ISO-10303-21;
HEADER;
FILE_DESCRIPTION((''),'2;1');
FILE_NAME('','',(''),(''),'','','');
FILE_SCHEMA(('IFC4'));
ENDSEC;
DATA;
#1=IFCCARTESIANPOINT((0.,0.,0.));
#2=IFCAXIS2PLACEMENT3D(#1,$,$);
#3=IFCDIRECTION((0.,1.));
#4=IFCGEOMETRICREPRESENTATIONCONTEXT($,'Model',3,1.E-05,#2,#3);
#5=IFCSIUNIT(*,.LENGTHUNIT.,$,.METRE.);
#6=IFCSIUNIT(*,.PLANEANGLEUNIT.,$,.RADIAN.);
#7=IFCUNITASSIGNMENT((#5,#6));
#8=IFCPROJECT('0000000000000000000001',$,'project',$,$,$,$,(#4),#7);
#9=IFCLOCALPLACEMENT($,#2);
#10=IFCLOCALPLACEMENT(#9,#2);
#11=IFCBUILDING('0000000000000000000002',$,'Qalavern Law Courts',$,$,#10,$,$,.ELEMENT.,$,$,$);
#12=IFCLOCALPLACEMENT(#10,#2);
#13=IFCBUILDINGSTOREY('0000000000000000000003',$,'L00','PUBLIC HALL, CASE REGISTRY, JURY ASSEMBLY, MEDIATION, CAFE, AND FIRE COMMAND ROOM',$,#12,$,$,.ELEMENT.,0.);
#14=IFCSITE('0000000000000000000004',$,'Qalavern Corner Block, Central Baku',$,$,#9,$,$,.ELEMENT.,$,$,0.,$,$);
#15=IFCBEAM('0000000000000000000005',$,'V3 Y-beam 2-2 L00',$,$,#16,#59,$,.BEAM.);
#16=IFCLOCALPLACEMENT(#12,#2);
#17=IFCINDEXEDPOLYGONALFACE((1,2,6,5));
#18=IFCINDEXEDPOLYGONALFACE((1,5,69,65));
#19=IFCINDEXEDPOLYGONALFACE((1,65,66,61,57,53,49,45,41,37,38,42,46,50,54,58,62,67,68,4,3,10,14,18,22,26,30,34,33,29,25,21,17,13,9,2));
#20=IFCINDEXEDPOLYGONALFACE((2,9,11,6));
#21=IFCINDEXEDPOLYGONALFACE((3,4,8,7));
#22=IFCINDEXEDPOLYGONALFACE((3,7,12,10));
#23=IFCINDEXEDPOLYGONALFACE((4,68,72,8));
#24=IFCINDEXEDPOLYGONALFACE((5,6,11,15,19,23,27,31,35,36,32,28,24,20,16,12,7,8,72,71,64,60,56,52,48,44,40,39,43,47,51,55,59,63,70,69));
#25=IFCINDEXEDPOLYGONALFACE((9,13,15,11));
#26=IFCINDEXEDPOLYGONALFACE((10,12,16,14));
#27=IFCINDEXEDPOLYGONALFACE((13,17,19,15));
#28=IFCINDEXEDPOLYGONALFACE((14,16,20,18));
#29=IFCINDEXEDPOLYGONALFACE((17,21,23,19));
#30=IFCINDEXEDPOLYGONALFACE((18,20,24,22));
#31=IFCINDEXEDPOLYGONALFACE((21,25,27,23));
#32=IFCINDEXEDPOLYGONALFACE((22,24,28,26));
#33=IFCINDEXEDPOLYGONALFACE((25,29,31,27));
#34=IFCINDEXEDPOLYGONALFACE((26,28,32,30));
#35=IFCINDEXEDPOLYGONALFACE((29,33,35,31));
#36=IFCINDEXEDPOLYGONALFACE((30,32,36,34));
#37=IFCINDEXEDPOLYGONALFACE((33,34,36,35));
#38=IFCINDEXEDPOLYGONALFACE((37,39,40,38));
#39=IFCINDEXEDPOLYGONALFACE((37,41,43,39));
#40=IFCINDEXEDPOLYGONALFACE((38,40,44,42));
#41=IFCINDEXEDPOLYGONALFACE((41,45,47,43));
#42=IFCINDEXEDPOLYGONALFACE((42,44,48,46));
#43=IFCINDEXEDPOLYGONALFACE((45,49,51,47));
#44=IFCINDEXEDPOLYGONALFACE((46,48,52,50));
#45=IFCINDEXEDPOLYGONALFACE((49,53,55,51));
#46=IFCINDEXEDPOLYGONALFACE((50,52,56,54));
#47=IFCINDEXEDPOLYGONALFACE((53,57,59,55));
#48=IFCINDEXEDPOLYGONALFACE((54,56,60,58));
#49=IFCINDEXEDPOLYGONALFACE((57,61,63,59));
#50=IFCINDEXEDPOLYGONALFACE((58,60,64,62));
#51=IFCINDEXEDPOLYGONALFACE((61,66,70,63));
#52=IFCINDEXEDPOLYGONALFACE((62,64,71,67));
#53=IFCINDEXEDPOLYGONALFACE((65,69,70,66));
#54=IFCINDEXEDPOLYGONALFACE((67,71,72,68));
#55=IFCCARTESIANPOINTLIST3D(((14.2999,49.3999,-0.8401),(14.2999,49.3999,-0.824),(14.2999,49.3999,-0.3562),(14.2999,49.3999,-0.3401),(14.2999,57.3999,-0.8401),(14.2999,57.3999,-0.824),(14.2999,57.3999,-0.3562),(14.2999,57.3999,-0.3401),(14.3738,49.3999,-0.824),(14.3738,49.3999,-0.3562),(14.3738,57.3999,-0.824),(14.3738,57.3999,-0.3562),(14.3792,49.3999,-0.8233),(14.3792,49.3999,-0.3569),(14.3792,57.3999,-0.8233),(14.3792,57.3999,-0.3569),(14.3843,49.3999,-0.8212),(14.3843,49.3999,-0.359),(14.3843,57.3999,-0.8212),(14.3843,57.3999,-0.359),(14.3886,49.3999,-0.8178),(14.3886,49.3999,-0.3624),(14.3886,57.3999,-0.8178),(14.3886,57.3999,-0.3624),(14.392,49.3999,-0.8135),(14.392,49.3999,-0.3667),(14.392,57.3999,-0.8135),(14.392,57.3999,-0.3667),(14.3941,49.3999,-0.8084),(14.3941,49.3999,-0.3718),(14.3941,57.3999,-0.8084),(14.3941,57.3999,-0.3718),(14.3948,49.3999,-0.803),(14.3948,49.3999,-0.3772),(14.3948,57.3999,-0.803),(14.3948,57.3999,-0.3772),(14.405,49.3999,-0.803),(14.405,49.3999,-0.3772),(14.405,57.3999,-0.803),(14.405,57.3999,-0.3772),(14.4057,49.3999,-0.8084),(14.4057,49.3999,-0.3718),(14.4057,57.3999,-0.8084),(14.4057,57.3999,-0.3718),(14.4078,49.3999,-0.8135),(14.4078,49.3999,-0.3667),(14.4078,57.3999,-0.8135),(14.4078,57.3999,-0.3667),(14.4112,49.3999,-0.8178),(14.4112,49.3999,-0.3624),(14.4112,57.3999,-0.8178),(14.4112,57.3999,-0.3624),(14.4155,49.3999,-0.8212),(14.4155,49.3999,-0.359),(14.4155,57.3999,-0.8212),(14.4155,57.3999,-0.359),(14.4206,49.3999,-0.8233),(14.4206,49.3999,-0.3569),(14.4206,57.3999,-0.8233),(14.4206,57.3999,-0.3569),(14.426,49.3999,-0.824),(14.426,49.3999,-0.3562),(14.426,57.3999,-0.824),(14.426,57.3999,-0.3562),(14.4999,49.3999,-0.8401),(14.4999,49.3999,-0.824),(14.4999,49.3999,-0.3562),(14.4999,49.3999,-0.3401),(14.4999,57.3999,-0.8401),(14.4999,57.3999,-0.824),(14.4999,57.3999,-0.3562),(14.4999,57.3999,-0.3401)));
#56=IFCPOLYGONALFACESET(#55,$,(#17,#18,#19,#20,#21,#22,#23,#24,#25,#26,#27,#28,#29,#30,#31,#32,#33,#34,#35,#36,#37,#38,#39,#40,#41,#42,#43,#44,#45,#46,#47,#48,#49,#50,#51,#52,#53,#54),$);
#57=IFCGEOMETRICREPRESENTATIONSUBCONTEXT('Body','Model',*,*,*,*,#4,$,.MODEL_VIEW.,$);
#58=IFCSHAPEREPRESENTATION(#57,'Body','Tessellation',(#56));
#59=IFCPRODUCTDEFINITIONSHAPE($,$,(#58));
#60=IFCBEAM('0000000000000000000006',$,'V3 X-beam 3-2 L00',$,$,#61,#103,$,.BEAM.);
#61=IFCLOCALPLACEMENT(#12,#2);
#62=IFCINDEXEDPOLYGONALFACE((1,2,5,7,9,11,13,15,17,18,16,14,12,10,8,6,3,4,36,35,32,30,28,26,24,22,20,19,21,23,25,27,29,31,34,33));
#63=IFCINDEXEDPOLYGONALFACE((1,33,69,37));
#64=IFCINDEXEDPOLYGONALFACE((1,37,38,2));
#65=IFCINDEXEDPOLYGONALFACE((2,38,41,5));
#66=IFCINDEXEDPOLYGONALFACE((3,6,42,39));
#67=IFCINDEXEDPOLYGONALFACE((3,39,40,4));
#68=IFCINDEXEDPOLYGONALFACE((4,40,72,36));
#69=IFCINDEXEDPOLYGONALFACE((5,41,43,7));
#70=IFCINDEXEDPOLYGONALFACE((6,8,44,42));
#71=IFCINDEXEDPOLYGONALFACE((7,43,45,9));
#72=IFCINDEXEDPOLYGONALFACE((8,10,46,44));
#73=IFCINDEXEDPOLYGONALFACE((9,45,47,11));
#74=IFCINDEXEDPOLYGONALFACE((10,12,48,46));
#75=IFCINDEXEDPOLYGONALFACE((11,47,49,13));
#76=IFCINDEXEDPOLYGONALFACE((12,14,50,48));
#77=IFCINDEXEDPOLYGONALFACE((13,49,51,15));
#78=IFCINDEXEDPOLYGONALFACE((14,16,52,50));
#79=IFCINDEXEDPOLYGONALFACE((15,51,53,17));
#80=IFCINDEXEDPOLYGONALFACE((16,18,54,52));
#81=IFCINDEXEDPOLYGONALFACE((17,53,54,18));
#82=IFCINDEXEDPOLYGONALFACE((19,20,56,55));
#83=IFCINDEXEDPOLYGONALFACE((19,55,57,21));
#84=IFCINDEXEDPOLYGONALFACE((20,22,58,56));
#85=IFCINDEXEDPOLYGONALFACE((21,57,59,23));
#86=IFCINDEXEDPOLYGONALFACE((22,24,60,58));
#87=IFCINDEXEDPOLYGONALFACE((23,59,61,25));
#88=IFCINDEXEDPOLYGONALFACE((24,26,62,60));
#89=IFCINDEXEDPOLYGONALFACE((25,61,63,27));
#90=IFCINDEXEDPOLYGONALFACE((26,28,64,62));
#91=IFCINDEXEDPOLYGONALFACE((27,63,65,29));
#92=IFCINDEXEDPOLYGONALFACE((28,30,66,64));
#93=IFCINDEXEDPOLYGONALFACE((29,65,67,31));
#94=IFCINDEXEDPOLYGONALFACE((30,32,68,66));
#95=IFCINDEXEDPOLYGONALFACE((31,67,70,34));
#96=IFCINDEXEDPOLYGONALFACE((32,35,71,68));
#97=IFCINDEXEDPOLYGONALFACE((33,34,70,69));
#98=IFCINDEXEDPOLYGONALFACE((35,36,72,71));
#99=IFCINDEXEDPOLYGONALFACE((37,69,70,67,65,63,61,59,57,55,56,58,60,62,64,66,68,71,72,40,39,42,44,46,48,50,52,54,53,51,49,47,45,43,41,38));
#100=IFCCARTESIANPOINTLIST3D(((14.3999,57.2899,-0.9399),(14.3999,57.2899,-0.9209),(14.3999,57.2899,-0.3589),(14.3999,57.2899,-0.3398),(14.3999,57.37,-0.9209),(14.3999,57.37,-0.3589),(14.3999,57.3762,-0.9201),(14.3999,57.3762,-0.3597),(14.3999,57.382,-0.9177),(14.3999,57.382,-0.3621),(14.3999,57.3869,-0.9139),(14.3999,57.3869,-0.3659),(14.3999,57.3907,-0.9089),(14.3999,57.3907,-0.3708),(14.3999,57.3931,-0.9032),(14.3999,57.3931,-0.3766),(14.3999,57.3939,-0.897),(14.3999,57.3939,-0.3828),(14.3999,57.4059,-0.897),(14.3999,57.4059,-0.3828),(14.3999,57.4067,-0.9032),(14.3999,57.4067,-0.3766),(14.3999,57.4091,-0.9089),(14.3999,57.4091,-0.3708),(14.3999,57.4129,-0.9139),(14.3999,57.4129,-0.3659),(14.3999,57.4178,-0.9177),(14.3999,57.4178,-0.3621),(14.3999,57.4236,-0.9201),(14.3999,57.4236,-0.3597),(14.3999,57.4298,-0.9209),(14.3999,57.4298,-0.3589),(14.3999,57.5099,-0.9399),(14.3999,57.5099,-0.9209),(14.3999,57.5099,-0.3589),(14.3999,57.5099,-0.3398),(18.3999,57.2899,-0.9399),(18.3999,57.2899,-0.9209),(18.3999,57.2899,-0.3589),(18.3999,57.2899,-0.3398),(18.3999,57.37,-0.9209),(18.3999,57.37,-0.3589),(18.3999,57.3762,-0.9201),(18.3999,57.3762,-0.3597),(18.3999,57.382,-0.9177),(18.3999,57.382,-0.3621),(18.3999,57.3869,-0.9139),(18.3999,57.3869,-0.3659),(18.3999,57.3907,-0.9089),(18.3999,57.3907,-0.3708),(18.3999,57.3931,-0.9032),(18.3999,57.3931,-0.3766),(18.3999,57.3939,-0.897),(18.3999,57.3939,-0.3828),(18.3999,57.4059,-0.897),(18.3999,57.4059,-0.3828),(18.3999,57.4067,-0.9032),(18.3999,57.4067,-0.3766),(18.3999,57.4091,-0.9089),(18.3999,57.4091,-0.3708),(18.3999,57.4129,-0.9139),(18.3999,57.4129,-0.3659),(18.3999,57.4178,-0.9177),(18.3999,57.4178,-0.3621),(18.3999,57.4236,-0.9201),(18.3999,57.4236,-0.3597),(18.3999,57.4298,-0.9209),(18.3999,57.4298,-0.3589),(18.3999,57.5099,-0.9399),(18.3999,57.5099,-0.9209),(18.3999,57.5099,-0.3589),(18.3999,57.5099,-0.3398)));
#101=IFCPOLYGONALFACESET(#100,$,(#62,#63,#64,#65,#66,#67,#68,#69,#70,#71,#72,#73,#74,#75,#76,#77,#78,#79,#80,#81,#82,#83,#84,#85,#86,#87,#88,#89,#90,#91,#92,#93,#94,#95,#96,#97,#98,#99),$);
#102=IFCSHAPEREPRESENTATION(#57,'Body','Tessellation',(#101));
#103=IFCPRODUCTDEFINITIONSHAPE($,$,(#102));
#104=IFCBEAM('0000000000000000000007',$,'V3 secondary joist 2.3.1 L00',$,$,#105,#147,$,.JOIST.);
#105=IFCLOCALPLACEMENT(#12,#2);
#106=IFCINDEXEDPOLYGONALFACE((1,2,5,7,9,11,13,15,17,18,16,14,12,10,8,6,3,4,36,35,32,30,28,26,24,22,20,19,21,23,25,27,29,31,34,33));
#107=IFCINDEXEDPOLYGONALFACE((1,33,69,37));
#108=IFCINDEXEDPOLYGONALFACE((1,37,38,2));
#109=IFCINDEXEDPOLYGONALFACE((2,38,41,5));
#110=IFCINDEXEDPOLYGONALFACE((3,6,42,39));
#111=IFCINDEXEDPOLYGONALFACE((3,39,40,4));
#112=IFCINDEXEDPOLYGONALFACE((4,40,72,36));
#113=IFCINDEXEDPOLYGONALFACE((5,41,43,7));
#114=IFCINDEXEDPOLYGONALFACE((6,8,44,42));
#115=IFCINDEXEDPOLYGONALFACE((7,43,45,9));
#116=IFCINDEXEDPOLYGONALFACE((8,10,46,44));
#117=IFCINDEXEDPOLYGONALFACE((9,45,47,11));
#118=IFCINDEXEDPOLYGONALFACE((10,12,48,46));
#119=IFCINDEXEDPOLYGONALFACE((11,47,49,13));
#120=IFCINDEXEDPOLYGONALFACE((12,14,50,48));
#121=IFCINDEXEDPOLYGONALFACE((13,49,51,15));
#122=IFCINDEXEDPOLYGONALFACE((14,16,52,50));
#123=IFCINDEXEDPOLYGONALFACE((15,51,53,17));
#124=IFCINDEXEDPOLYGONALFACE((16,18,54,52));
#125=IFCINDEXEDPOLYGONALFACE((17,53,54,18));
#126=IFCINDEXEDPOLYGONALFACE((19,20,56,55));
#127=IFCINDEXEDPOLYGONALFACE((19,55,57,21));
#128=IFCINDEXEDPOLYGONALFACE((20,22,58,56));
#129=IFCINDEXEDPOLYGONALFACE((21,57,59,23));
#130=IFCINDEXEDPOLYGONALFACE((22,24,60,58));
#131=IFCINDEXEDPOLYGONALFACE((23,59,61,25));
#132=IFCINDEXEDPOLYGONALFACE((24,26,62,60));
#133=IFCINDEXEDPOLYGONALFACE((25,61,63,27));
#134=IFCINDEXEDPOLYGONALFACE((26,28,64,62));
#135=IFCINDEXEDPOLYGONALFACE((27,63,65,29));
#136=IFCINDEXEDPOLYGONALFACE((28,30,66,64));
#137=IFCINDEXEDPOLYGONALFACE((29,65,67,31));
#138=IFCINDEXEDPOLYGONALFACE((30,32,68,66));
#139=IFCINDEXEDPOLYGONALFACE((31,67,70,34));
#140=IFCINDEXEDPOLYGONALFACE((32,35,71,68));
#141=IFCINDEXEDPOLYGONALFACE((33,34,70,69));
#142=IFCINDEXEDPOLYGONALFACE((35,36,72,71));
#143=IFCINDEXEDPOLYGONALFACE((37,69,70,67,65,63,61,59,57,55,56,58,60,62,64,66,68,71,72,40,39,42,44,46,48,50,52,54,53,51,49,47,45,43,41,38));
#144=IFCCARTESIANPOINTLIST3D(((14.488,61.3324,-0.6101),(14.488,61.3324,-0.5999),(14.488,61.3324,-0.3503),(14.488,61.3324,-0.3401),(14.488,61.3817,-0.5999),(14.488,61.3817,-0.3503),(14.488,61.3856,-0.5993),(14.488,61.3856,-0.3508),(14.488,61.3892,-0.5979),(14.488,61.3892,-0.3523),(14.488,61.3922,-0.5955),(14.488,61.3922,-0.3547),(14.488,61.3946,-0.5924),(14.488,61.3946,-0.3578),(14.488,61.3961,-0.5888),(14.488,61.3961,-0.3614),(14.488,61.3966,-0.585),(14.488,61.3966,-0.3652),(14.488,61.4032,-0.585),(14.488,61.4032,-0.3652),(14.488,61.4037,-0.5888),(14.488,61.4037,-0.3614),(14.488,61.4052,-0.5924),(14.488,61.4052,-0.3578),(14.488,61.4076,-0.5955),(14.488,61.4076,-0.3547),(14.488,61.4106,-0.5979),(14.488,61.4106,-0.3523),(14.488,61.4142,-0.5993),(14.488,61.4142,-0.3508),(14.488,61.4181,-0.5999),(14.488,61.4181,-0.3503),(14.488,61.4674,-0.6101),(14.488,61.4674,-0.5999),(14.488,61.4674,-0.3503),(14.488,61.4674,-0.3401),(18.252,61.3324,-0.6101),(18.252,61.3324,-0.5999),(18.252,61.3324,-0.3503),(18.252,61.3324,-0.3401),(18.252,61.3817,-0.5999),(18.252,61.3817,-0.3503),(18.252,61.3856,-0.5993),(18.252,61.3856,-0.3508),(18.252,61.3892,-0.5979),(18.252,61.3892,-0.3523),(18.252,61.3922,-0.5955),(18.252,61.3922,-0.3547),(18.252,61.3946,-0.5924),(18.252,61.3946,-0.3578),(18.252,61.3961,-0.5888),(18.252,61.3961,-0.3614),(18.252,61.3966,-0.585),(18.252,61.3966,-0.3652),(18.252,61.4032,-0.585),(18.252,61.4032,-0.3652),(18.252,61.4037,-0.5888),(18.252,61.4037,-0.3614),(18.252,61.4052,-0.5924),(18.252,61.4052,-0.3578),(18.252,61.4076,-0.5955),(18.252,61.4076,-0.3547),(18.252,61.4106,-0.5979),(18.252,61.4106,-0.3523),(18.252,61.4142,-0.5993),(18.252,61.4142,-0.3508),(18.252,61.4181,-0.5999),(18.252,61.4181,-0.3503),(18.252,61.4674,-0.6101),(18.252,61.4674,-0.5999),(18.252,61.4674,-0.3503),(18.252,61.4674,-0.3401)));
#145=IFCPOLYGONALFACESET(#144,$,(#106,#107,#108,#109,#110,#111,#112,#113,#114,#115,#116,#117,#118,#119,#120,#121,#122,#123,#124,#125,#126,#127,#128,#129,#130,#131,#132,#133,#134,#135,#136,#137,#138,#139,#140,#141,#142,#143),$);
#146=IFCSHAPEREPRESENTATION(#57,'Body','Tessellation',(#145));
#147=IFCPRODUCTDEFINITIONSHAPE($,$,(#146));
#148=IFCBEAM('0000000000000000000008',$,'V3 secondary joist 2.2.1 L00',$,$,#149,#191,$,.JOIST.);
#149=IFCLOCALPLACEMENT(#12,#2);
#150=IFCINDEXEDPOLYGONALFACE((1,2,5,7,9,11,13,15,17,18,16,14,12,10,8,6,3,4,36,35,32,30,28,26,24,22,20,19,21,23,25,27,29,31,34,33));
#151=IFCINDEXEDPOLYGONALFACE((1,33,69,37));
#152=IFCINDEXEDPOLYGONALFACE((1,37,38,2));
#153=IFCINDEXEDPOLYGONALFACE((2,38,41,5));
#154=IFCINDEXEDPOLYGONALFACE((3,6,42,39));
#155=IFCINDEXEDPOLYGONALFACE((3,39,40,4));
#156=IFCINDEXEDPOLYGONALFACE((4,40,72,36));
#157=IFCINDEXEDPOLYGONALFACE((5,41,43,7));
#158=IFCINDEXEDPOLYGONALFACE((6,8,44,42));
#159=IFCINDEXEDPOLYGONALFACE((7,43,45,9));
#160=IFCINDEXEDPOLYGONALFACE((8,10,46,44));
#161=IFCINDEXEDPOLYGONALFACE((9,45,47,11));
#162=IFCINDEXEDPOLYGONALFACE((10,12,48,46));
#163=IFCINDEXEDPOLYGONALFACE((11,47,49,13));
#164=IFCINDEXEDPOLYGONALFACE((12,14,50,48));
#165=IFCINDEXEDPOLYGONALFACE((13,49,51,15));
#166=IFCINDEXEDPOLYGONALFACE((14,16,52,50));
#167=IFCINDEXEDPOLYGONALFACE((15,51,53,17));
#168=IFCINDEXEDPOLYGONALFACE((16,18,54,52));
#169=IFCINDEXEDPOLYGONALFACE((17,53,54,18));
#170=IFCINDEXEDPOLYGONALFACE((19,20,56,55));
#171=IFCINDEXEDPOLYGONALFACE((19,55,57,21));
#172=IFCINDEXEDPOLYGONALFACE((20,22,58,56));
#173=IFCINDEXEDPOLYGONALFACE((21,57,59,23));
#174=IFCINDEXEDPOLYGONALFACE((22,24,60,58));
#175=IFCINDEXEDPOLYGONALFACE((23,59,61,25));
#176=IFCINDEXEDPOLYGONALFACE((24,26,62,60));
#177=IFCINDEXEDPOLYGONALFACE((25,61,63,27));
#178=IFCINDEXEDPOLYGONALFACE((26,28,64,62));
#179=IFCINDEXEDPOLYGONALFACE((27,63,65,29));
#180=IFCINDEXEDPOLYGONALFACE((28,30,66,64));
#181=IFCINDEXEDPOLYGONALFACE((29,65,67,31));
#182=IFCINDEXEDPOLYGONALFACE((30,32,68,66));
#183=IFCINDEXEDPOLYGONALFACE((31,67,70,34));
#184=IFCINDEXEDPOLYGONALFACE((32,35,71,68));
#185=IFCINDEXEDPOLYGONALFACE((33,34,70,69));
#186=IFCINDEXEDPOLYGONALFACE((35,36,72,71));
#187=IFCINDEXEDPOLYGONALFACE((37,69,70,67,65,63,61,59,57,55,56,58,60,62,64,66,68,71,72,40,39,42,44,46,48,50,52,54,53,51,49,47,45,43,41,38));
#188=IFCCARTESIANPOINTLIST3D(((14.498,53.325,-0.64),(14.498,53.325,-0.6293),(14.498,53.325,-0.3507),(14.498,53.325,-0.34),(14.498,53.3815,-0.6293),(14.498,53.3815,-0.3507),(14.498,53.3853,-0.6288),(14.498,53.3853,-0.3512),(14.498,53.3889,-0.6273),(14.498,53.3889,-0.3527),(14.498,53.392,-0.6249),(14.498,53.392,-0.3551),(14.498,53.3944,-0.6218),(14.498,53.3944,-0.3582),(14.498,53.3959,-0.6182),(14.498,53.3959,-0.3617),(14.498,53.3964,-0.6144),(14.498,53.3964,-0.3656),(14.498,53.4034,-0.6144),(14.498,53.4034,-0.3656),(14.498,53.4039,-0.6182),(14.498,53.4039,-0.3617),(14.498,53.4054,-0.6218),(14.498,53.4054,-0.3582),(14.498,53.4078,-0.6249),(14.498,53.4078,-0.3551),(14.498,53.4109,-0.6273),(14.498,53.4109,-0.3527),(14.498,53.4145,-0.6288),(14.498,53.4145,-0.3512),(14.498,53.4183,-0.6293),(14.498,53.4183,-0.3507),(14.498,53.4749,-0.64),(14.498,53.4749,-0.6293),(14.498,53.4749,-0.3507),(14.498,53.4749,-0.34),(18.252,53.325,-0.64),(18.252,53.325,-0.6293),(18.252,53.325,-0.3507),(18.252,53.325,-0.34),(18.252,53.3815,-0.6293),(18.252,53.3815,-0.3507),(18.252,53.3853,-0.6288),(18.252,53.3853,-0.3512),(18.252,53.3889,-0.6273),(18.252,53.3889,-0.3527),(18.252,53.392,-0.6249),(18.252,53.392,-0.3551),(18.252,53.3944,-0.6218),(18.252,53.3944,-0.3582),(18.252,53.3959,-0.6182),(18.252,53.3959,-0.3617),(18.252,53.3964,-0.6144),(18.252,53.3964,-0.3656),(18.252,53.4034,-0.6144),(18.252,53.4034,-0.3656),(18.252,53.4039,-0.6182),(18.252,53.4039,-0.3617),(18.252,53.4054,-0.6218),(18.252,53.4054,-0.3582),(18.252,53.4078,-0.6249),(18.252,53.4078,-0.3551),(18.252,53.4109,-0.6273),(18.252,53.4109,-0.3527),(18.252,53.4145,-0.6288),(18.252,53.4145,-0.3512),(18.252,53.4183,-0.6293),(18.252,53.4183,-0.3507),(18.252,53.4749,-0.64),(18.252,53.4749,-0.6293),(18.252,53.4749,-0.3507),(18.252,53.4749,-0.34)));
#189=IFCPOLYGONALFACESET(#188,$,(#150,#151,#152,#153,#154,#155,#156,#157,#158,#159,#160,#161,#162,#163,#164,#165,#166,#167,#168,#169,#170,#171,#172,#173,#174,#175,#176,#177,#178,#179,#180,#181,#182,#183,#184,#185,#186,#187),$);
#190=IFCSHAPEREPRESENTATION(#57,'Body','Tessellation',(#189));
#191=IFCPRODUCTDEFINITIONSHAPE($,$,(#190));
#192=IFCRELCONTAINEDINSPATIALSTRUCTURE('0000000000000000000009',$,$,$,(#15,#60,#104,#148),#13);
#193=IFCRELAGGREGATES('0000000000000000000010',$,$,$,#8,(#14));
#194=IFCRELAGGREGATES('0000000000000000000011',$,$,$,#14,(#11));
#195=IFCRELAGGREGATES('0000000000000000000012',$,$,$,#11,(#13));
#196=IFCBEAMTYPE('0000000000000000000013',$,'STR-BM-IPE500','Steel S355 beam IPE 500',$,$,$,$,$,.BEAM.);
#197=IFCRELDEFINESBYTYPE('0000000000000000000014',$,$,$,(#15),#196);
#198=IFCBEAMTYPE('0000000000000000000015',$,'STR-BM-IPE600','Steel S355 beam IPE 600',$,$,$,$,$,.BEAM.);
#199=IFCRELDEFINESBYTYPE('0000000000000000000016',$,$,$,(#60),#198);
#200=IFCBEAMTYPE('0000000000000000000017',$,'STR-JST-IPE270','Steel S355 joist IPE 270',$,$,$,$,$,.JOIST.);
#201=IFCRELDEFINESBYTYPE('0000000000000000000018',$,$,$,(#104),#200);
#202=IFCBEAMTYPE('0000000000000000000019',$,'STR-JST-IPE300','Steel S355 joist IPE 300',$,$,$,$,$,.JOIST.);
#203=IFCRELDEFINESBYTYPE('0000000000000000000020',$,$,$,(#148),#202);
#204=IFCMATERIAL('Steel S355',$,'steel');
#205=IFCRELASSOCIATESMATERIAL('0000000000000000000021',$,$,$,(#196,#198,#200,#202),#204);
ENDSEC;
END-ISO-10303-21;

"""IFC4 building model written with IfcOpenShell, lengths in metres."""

from ifc_helpers import new_model, si_unit, direction, frame, origin, origin_2d, place, context, subcontext, project, spatial, i_section, extrude, material, material_profile, profile_set, type_object, element, save


model = new_model("IFC4")

# Units and contexts
model_context = context("Model", 3, precision=1e-05, world=origin(), true_north=direction((0.0, 1.0)))
body_context = subcontext(model_context, "Body", "Model", "MODEL_VIEW")
ifc_project = project(units=[si_unit("LENGTHUNIT", "METRE"), si_unit("PLANEANGLEUNIT", "RADIAN")], contexts=[model_context])

# Site, building, storey
site_placement = place(None, origin())
site = spatial("IfcSite", under=ifc_project, at=site_placement, Name="Qalavern Corner Block, Central Baku", CompositionType="ELEMENT", RefElevation=0.0)
building_placement = place(site_placement, origin())
building = spatial("IfcBuilding", under=site, at=building_placement, Name="Qalavern Law Courts", CompositionType="ELEMENT")
storey_placement = place(building_placement, origin())
storey = spatial("IfcBuildingStorey", under=building, at=storey_placement, Name="L00", Description="PUBLIC HALL, CASE REGISTRY, JURY ASSEMBLY, MEDIATION, CAFE, AND FIRE COMMAND ROOM", CompositionType="ELEMENT", Elevation=0.0)

# Beams
ifc_material_1 = material(Name="Steel S355", Category="steel")
ifc_material_profile_1 = material_profile(ifc_material_1, i_section(OverallWidth=0.2, OverallDepth=0.5, WebThickness=0.0103, FlangeThickness=0.0161, FilletRadius=0.021, at=origin_2d()), Name="IPE 500")
ifc_profile_set_1 = profile_set([ifc_material_profile_1], Name="Steel S355")
beam_type_1 = type_object("IfcBeamType", Name="STR-BM-IPE500", Description="Steel S355 beam IPE 500", PredefinedType="BEAM", material=ifc_profile_set_1)
beam_1_placement = place(storey_placement, frame((14.3999, 49.3999, -0.5901), z_axis=(0.0, 1.0, 0.0), x_axis=(-1.0, 0.0, 0.0)))
element("IfcBeam", 1, at=beam_1_placement, inside=storey, type_object=beam_type_1, Name="V3 Y-beam 2-2 L00", PredefinedType="BEAM", context=body_context, shape_type="SweptSolid", body=[
    extrude(i_section(OverallWidth=0.2, OverallDepth=0.5, WebThickness=0.0103, FlangeThickness=0.0161, FilletRadius=0.021, at=origin_2d()), origin(), (0.0, 0.0, 1.0), 8.0),
])
ifc_material_profile_2 = material_profile(ifc_material_1, i_section(OverallWidth=0.22, OverallDepth=0.6001, WebThickness=0.012, FlangeThickness=0.019, FilletRadius=0.0239, at=origin_2d()), Name="IPE 600")
ifc_profile_set_2 = profile_set([ifc_material_profile_2], Name="Steel S355")
beam_type_2 = type_object("IfcBeamType", Name="STR-BM-IPE600", Description="Steel S355 beam IPE 600", PredefinedType="BEAM", material=ifc_profile_set_2)
beam_2_placement = place(storey_placement, frame((14.3999, 57.3999, -0.6399), z_axis=(1.0, 0.0, 0.0), x_axis=(0.0, 1.0, 0.0)))
element("IfcBeam", 2, at=beam_2_placement, inside=storey, type_object=beam_type_2, Name="V3 X-beam 3-2 L00", PredefinedType="BEAM", context=body_context, shape_type="SweptSolid", body=[
    extrude(i_section(OverallWidth=0.22, OverallDepth=0.6001, WebThickness=0.012, FlangeThickness=0.019, FilletRadius=0.0239, at=origin_2d()), origin(), (0.0, 0.0, 1.0), 4.0),
])
ifc_material_profile_3 = material_profile(ifc_material_1, i_section(OverallWidth=0.135, OverallDepth=0.27, WebThickness=0.0066, FlangeThickness=0.0103, FilletRadius=0.0149, at=origin_2d()), Name="IPE 270")
ifc_profile_set_3 = profile_set([ifc_material_profile_3], Name="Steel S355")
beam_type_3 = type_object("IfcBeamType", Name="STR-JST-IPE270", Description="Steel S355 joist IPE 270", PredefinedType="JOIST", material=ifc_profile_set_3)
beam_3_placement = place(storey_placement, frame((14.488, 61.3999, -0.4751), z_axis=(1.0, 0.0, 0.0), x_axis=(0.0, 1.0, 0.0)))
element("IfcBeam", 3, at=beam_3_placement, inside=storey, type_object=beam_type_3, Name="V3 secondary joist 2.3.1 L00", PredefinedType="JOIST", context=body_context, shape_type="SweptSolid", body=[
    extrude(i_section(OverallWidth=0.135, OverallDepth=0.27, WebThickness=0.0066, FlangeThickness=0.0103, FilletRadius=0.0149, at=origin_2d()), origin(), (0.0, 0.0, 1.0), 3.7639),
])
ifc_material_profile_4 = material_profile(ifc_material_1, i_section(OverallWidth=0.1499, OverallDepth=0.3, WebThickness=0.0071, FlangeThickness=0.0107, FilletRadius=0.0149, at=origin_2d()), Name="IPE 300")
ifc_profile_set_4 = profile_set([ifc_material_profile_4], Name="Steel S355")
beam_type_4 = type_object("IfcBeamType", Name="STR-JST-IPE300", Description="Steel S355 joist IPE 300", PredefinedType="JOIST", material=ifc_profile_set_4)
beam_4_placement = place(storey_placement, frame((14.498, 53.3999, -0.49), z_axis=(1.0, 0.0, 0.0), x_axis=(0.0, 1.0, 0.0)))
element("IfcBeam", 4, at=beam_4_placement, inside=storey, type_object=beam_type_4, Name="V3 secondary joist 2.2.1 L00", PredefinedType="JOIST", context=body_context, shape_type="SweptSolid", body=[
    extrude(i_section(OverallWidth=0.1499, OverallDepth=0.3, WebThickness=0.0071, FlangeThickness=0.0107, FilletRadius=0.0149, at=origin_2d()), origin(), (0.0, 0.0, 1.0), 3.7539),
])

save(model, "model.ifc")
